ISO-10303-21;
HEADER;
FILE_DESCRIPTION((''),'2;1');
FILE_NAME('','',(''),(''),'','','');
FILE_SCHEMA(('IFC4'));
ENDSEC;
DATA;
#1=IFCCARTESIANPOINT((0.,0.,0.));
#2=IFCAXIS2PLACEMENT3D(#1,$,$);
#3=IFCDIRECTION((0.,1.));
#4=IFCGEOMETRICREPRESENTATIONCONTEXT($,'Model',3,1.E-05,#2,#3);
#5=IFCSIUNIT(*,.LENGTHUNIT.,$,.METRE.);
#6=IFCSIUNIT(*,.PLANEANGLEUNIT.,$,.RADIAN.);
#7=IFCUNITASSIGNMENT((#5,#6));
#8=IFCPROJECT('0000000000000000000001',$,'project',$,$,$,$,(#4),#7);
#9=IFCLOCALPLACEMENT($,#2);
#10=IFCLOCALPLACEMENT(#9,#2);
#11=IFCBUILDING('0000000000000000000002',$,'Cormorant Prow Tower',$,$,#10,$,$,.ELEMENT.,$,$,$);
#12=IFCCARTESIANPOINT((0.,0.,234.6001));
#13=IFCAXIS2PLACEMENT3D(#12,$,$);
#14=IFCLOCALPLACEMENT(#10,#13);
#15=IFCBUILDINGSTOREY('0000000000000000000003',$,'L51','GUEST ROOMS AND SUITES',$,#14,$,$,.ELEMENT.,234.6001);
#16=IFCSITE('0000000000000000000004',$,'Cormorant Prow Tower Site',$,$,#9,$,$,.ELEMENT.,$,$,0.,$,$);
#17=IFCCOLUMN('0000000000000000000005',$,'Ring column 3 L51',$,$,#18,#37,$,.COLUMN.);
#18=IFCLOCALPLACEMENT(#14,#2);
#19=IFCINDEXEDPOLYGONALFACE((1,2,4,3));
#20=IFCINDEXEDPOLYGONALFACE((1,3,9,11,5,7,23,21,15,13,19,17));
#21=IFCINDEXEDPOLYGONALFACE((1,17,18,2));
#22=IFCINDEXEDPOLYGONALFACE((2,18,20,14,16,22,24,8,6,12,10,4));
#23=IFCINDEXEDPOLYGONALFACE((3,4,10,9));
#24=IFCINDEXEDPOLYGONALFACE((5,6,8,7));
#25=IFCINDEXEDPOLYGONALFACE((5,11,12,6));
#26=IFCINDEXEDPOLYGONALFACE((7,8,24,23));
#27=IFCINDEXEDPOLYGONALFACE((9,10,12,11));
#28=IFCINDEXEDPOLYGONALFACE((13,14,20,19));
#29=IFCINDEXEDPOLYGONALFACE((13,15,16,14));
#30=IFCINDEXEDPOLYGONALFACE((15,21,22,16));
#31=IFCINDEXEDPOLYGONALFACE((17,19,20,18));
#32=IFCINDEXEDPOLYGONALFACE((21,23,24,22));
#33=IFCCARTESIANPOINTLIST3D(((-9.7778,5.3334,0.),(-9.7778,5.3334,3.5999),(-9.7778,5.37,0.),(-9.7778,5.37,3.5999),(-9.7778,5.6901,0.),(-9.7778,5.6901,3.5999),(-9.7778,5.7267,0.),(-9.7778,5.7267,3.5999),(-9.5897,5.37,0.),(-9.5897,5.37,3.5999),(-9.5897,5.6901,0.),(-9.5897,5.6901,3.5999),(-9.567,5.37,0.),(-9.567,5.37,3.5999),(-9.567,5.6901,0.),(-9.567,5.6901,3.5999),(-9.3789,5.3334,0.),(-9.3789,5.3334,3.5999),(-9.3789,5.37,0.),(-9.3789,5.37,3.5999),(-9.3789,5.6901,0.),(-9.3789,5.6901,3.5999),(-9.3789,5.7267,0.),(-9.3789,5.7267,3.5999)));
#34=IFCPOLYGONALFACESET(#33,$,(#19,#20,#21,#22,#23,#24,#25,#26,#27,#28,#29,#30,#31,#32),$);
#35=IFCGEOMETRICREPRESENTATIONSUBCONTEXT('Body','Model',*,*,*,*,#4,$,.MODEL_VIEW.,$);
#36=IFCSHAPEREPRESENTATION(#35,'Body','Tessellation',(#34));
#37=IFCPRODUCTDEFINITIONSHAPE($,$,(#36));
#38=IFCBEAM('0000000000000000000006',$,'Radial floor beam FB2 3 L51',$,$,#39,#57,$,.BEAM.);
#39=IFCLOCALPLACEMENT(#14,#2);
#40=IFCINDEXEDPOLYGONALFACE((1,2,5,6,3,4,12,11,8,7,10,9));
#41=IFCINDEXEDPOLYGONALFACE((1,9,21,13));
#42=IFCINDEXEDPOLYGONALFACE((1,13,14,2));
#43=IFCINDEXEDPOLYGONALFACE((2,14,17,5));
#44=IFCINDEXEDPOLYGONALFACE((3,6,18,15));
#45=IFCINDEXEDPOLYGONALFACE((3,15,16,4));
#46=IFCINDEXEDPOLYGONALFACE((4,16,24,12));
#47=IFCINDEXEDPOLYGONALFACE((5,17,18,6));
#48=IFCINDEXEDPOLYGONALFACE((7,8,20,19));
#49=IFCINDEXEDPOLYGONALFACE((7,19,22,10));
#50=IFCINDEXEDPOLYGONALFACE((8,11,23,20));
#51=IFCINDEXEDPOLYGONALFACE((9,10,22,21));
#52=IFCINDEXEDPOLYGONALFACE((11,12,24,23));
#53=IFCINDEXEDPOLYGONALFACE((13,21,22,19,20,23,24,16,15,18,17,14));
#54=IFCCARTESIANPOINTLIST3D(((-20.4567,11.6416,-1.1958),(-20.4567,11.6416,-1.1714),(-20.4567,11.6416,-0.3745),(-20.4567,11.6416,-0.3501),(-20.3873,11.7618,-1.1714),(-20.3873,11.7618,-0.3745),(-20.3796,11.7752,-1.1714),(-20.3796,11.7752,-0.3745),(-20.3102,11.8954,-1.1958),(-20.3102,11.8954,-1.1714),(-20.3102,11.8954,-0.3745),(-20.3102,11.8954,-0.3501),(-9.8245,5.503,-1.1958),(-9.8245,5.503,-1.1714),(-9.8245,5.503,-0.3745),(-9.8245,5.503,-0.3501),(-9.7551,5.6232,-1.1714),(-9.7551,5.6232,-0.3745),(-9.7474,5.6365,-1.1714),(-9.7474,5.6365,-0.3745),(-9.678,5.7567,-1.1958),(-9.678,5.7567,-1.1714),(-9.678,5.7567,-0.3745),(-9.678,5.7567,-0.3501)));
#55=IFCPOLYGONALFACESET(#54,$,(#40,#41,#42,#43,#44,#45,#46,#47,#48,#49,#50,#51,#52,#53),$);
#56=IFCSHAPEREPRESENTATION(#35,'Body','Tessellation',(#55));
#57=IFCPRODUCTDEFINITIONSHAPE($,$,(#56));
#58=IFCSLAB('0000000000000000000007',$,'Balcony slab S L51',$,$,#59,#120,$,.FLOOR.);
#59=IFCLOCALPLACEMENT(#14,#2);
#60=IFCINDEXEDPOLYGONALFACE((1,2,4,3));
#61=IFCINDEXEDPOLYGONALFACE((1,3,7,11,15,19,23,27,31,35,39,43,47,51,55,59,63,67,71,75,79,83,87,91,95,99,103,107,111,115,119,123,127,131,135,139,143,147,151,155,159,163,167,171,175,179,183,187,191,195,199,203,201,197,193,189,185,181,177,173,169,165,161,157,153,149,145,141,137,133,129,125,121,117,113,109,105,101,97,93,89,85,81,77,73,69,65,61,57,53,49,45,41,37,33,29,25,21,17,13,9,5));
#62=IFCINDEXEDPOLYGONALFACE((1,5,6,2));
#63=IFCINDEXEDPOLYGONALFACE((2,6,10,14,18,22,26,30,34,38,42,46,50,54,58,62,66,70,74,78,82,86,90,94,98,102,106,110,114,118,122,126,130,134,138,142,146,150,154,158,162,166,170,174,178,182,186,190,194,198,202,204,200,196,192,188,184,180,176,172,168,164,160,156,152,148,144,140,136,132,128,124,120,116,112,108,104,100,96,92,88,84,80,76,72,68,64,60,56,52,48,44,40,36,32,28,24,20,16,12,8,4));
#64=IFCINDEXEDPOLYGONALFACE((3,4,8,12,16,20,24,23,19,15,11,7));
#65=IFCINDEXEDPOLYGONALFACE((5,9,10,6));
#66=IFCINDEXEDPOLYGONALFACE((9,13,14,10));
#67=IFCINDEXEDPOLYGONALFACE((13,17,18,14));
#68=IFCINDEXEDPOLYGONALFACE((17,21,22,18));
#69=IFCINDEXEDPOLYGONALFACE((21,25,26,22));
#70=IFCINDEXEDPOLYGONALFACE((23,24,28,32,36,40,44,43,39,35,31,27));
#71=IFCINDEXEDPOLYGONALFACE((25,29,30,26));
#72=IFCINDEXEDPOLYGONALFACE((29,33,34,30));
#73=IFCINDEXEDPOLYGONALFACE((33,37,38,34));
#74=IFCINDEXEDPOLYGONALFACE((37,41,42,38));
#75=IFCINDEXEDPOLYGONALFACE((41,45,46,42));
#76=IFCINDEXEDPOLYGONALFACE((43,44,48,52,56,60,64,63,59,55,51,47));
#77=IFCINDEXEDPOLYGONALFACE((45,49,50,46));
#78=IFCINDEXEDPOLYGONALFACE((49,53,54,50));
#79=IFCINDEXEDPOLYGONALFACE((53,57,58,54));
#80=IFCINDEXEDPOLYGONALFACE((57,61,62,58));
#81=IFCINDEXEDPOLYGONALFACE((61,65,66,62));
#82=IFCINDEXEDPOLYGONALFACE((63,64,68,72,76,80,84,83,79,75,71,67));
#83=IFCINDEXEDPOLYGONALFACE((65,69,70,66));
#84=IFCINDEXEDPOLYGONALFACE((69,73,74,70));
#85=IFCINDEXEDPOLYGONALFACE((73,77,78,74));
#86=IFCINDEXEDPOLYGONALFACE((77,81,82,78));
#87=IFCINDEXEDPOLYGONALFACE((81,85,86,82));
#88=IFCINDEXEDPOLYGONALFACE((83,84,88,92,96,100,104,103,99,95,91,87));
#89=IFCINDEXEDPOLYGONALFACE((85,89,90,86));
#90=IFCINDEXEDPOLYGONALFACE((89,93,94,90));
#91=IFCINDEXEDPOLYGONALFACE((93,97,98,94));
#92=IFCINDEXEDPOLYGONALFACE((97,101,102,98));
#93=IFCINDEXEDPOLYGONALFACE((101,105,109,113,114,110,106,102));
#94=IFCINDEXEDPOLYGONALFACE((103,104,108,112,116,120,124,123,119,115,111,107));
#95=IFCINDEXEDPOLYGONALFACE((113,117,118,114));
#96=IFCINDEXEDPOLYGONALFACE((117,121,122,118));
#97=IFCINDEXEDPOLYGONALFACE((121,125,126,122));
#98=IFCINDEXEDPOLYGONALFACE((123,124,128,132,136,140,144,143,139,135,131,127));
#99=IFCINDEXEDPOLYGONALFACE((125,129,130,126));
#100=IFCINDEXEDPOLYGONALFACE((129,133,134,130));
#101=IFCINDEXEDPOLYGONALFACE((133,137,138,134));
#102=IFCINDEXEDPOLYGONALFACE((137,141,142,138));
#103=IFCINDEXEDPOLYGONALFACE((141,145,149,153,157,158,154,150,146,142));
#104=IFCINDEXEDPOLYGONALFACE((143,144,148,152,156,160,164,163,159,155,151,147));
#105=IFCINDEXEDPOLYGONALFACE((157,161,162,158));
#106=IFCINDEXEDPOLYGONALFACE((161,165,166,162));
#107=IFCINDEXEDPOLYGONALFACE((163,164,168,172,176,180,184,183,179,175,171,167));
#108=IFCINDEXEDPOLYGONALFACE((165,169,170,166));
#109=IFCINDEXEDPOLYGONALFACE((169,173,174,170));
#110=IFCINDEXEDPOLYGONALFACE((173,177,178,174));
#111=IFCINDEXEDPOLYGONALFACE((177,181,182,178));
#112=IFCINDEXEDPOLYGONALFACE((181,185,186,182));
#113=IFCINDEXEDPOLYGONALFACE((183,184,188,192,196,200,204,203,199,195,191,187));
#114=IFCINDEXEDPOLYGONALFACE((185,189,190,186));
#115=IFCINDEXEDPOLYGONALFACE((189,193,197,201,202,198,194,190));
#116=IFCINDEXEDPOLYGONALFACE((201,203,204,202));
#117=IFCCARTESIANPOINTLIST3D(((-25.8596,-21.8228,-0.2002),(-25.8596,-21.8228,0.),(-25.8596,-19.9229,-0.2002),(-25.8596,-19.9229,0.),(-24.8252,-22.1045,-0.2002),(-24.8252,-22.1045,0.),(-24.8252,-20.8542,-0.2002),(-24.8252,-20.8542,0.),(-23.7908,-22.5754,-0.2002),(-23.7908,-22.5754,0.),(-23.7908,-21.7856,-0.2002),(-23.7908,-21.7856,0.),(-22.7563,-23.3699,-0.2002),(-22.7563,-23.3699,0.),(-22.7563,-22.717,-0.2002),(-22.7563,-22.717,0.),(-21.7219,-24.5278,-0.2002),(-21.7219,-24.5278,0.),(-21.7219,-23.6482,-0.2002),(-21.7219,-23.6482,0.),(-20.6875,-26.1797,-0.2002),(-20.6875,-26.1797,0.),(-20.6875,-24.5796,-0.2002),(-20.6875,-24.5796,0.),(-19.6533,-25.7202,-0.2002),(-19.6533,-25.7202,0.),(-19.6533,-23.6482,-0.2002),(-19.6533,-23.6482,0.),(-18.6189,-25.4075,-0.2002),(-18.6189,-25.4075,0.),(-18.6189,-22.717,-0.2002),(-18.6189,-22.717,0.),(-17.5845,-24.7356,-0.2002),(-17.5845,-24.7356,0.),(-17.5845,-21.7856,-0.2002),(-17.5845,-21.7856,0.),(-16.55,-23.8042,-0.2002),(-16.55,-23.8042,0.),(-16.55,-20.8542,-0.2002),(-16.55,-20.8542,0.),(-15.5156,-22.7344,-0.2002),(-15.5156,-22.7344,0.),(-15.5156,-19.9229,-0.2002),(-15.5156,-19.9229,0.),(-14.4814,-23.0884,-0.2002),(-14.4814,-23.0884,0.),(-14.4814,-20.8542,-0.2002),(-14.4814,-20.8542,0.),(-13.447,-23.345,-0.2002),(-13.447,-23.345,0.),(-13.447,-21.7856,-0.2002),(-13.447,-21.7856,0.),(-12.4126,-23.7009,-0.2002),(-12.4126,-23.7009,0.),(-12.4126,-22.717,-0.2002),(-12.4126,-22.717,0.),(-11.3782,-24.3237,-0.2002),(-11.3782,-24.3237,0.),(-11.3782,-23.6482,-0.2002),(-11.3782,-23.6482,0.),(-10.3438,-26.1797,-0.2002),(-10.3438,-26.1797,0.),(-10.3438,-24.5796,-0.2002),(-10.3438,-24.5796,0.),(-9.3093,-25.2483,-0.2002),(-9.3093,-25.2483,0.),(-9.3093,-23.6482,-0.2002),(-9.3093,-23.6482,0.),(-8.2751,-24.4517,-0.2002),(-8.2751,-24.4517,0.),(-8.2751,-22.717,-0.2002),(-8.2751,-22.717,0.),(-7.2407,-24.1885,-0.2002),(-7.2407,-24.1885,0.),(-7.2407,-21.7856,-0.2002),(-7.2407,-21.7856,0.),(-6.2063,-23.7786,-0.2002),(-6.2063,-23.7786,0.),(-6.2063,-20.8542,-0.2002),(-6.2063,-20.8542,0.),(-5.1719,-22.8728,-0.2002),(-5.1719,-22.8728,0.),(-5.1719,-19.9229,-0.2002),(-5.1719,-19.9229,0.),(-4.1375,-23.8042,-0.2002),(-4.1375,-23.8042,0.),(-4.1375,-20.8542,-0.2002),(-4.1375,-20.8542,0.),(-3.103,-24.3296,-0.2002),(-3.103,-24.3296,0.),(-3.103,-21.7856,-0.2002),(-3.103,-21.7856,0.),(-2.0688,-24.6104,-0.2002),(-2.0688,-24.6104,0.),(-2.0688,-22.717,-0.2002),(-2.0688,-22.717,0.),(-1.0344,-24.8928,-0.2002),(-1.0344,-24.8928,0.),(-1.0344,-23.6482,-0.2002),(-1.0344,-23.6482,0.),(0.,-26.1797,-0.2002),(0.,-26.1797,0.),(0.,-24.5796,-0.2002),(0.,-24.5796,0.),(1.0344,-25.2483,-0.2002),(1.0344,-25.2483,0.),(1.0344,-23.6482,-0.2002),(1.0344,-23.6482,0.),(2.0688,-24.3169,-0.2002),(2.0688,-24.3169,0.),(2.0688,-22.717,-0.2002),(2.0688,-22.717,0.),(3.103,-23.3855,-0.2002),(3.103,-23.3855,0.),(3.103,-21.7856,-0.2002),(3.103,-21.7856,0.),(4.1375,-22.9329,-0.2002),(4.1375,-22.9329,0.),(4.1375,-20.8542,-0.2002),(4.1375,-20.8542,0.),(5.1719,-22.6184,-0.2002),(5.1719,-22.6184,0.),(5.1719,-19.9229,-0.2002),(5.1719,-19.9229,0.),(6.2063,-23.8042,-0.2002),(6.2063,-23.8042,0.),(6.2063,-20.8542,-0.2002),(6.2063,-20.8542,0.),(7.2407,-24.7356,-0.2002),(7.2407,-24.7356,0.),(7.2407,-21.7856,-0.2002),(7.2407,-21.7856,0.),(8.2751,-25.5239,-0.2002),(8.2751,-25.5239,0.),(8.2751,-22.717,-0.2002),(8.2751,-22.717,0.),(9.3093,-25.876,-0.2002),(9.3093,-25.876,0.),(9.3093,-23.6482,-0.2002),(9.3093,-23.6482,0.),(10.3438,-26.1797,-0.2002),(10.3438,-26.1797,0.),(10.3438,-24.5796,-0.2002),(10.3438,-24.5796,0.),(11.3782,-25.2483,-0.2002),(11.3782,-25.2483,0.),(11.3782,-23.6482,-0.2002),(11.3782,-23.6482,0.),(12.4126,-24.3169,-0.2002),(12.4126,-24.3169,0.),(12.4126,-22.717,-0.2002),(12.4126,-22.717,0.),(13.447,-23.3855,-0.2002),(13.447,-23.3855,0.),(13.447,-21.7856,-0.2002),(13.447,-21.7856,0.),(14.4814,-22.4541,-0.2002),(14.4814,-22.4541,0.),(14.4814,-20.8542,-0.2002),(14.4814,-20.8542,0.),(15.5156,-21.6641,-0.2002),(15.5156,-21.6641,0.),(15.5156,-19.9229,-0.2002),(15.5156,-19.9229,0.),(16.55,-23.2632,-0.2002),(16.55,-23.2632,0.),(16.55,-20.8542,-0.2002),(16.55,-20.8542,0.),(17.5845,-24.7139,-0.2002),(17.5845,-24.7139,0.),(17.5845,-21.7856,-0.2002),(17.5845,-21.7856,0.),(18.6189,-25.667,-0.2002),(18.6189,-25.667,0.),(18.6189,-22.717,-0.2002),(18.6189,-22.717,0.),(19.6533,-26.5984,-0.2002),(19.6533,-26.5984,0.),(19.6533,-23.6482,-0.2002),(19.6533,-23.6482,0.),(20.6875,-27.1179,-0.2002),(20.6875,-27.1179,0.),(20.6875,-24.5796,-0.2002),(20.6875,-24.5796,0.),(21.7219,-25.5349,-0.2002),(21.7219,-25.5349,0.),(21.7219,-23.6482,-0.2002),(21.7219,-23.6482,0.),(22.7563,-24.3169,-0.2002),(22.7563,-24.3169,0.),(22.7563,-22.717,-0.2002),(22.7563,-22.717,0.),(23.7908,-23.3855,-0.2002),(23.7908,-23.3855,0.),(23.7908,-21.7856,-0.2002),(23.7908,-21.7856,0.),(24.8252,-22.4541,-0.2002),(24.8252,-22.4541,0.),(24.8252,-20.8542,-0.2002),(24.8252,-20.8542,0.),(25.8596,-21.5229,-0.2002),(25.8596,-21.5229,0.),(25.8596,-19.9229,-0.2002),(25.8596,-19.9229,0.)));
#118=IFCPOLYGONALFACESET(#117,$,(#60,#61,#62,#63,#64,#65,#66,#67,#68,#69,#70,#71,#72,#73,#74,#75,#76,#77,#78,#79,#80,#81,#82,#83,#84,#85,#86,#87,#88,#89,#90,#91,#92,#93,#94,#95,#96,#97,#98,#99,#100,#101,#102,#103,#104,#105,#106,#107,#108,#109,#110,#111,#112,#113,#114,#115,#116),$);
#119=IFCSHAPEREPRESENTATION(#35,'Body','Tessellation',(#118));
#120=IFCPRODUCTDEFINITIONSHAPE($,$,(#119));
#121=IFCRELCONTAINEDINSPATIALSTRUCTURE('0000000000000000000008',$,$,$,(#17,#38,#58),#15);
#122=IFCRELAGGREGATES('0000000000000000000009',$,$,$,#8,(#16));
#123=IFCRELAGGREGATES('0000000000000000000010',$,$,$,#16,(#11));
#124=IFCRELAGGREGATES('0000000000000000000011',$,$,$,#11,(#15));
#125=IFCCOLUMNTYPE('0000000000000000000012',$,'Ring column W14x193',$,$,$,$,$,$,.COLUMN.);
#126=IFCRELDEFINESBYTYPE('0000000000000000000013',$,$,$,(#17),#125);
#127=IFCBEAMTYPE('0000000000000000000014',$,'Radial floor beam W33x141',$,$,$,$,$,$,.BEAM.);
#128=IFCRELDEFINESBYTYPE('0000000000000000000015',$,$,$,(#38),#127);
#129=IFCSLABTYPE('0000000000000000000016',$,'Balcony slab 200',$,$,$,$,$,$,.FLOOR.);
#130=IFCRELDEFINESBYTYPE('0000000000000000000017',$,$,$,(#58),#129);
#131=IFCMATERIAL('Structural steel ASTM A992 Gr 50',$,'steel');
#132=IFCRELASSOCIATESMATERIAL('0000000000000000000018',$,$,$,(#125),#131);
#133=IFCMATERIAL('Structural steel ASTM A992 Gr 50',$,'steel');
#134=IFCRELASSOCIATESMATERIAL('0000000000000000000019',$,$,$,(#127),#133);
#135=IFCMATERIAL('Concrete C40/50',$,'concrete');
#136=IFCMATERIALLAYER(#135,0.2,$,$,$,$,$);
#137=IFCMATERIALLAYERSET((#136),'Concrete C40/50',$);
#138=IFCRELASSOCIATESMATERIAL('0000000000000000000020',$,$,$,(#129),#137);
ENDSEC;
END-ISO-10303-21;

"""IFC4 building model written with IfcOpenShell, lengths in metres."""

from ifc_helpers import new_model, si_unit, direction, frame, origin, origin_2d, place, context, subcontext, project, spatial, polyline, i_section, outline, extrude, material, layer, layer_set, material_profile, profile_set, type_object, element, save


model = new_model("IFC4")

# Units and contexts
model_context = context("Model", 3, precision=1e-05, world=origin(), true_north=direction((0.0, 1.0)))
body_context = subcontext(model_context, "Body", "Model", "MODEL_VIEW")
ifc_project = project(units=[si_unit("LENGTHUNIT", "METRE"), si_unit("PLANEANGLEUNIT", "RADIAN")], contexts=[model_context])

# Site, building, storey
site_placement = place(None, origin())
site = spatial("IfcSite", under=ifc_project, at=site_placement, Name="Cormorant Prow Tower Site", CompositionType="ELEMENT", RefElevation=0.0)
building_placement = place(site_placement, origin())
building = spatial("IfcBuilding", under=site, at=building_placement, Name="Cormorant Prow Tower", CompositionType="ELEMENT")
storey_placement = place(building_placement, frame((0.0, 0.0, 234.6001)))
storey = spatial("IfcBuildingStorey", under=building, at=storey_placement, Name="L51", Description="GUEST ROOMS AND SUITES", CompositionType="ELEMENT", Elevation=234.6001)

# Column
ifc_material_1 = material(Name="Structural steel ASTM A992 Gr 50", Category="steel")
ifc_material_profile_1 = material_profile(ifc_material_1, i_section(OverallWidth=0.3989, OverallDepth=0.3933, WebThickness=0.0227, FlangeThickness=0.0366, at=origin_2d()), Name="W14x193")
ifc_profile_set_1 = profile_set([ifc_material_profile_1], Name="Structural steel ASTM A992 Gr 50")
column_type = type_object("IfcColumnType", Name="Ring column W14x193", PredefinedType="COLUMN", material=ifc_profile_set_1)
column_placement = place(storey_placement, frame((-9.5784, 5.53, 0.0), z_axis=(0.0, 0.0, 1.0), x_axis=(1.0, 0.0, 0.0)))
element("IfcColumn", 1, at=column_placement, inside=storey, type_object=column_type, Name="Ring column 3 L51", PredefinedType="COLUMN", context=body_context, shape_type="SweptSolid", body=[
    extrude(i_section(OverallWidth=0.3989, OverallDepth=0.3933, WebThickness=0.0227, FlangeThickness=0.0366, at=origin_2d()), origin(), (0.0, 0.0, 1.0), 3.5999),
])

# Beam
ifc_material_2 = material(Name="Structural steel ASTM A992 Gr 50", Category="steel")
ifc_material_profile_2 = material_profile(ifc_material_2, i_section(OverallWidth=0.293, OverallDepth=0.8457, WebThickness=0.0154, FlangeThickness=0.0244, at=origin_2d()), Name="W33x141")
ifc_profile_set_2 = profile_set([ifc_material_profile_2], Name="Structural steel ASTM A992 Gr 50")
beam_type = type_object("IfcBeamType", Name="Radial floor beam W33x141", PredefinedType="BEAM", material=ifc_profile_set_2)
beam_placement = place(storey_placement, frame((-9.7512, 5.6299, -0.7729), z_axis=(-0.866022, 0.500006, 0.0), x_axis=(-0.500006, -0.866022, 0.0)))
element("IfcBeam", 2, at=beam_placement, inside=storey, type_object=beam_type, Name="Radial floor beam FB2 3 L51", PredefinedType="BEAM", context=body_context, shape_type="SweptSolid", body=[
    extrude(i_section(OverallWidth=0.293, OverallDepth=0.8457, WebThickness=0.0154, FlangeThickness=0.0244, at=origin_2d()), origin(), (0.0, 0.0, 1.0), 12.2771),
])

# Slab
ifc_material_3 = material(Name="Concrete C40/50", Category="concrete")
ifc_layer_1 = layer(ifc_material_3, 0.2)
ifc_layer_set_1 = layer_set([ifc_layer_1], Name="Concrete C40/50")
slab_type_1 = type_object("IfcSlabType", Name="Balcony slab 200", PredefinedType="FLOOR", material=ifc_layer_set_1)
slab_1_placement = place(storey_placement, frame((0.0, 0.0, -0.2002)))
element("IfcSlab", 3, at=slab_1_placement, inside=storey, type_object=slab_type_1, Name="Balcony slab S L51", PredefinedType="FLOOR", context=body_context, shape_type="SweptSolid", body=[
    extrude(outline(polyline([(-25.8596, -19.9229), (-25.8596, -21.8228), (-24.8252, -22.1045), (-23.7908, -22.5754), (-22.7563, -23.3699), (-21.7219, -24.5278), (-20.6875, -26.1797), (-19.6533, -25.7202), (-18.6189, -25.4075), (-17.5845, -24.7356), (-16.55, -23.8042), (-15.5156, -22.7344), (-14.4814, -23.0884), (-13.447, -23.345), (-12.4126, -23.7009), (-11.3782, -24.3237), (-10.3438, -26.1797), (-9.3093, -25.2483), (-8.2751, -24.4517), (-7.2407, -24.1885), (-6.2063, -23.7786), (-5.1719, -22.8728), (-4.1375, -23.8042), (-3.103, -24.3296), (-2.0688, -24.6104), (-1.0344, -24.8928), (0.0, -26.1797), (1.0344, -25.2483), (2.0688, -24.3169), (3.103, -23.3855), (4.1375, -22.9329), (5.1719, -22.6184), (6.2063, -23.8042), (7.2407, -24.7356), (8.2751, -25.5239), (9.3093, -25.876), (10.3438, -26.1797), (11.3782, -25.2483), (12.4126, -24.3169), (13.447, -23.3855), (14.4814, -22.4541), (15.5156, -21.6641), (16.55, -23.2632), (17.5845, -24.7139), (18.6189, -25.667), (19.6533, -26.5984), (20.6875, -27.1179), (21.7219, -25.5349), (22.7563, -24.3169), (23.7908, -23.3855), (24.8252, -22.4541), (25.8596, -21.5229), (25.8596, -19.9229), (24.8252, -20.8542), (23.7908, -21.7856), (22.7563, -22.717), (21.7219, -23.6482), (20.6875, -24.5796), (19.6533, -23.6482), (18.6189, -22.717), (17.5845, -21.7856), (16.55, -20.8542), (15.5156, -19.9229), (14.4814, -20.8542), (13.447, -21.7856), (12.4126, -22.717), (11.3782, -23.6482), (10.3438, -24.5796), (9.3093, -23.6482), (8.2751, -22.717), (7.2407, -21.7856), (6.2063, -20.8542), (5.1719, -19.9229), (4.1375, -20.8542), (3.103, -21.7856), (2.0688, -22.717), (1.0344, -23.6482), (0.0, -24.5796), (-1.0344, -23.6482), (-2.0688, -22.717), (-3.103, -21.7856), (-4.1375, -20.8542), (-5.1719, -19.9229), (-6.2063, -20.8542), (-7.2407, -21.7856), (-8.2751, -22.717), (-9.3093, -23.6482), (-10.3438, -24.5796), (-11.3782, -23.6482), (-12.4126, -22.717), (-13.447, -21.7856), (-14.4814, -20.8542), (-15.5156, -19.9229), (-16.55, -20.8542), (-17.5845, -21.7856), (-18.6189, -22.717), (-19.6533, -23.6482), (-20.6875, -24.5796), (-21.7219, -23.6482), (-22.7563, -22.717), (-23.7908, -21.7856), (-24.8252, -20.8542), (-25.8596, -19.9229)])), origin(), (0.0, 0.0, 1.0), 0.2002),
])

save(model, "model.ifc")
